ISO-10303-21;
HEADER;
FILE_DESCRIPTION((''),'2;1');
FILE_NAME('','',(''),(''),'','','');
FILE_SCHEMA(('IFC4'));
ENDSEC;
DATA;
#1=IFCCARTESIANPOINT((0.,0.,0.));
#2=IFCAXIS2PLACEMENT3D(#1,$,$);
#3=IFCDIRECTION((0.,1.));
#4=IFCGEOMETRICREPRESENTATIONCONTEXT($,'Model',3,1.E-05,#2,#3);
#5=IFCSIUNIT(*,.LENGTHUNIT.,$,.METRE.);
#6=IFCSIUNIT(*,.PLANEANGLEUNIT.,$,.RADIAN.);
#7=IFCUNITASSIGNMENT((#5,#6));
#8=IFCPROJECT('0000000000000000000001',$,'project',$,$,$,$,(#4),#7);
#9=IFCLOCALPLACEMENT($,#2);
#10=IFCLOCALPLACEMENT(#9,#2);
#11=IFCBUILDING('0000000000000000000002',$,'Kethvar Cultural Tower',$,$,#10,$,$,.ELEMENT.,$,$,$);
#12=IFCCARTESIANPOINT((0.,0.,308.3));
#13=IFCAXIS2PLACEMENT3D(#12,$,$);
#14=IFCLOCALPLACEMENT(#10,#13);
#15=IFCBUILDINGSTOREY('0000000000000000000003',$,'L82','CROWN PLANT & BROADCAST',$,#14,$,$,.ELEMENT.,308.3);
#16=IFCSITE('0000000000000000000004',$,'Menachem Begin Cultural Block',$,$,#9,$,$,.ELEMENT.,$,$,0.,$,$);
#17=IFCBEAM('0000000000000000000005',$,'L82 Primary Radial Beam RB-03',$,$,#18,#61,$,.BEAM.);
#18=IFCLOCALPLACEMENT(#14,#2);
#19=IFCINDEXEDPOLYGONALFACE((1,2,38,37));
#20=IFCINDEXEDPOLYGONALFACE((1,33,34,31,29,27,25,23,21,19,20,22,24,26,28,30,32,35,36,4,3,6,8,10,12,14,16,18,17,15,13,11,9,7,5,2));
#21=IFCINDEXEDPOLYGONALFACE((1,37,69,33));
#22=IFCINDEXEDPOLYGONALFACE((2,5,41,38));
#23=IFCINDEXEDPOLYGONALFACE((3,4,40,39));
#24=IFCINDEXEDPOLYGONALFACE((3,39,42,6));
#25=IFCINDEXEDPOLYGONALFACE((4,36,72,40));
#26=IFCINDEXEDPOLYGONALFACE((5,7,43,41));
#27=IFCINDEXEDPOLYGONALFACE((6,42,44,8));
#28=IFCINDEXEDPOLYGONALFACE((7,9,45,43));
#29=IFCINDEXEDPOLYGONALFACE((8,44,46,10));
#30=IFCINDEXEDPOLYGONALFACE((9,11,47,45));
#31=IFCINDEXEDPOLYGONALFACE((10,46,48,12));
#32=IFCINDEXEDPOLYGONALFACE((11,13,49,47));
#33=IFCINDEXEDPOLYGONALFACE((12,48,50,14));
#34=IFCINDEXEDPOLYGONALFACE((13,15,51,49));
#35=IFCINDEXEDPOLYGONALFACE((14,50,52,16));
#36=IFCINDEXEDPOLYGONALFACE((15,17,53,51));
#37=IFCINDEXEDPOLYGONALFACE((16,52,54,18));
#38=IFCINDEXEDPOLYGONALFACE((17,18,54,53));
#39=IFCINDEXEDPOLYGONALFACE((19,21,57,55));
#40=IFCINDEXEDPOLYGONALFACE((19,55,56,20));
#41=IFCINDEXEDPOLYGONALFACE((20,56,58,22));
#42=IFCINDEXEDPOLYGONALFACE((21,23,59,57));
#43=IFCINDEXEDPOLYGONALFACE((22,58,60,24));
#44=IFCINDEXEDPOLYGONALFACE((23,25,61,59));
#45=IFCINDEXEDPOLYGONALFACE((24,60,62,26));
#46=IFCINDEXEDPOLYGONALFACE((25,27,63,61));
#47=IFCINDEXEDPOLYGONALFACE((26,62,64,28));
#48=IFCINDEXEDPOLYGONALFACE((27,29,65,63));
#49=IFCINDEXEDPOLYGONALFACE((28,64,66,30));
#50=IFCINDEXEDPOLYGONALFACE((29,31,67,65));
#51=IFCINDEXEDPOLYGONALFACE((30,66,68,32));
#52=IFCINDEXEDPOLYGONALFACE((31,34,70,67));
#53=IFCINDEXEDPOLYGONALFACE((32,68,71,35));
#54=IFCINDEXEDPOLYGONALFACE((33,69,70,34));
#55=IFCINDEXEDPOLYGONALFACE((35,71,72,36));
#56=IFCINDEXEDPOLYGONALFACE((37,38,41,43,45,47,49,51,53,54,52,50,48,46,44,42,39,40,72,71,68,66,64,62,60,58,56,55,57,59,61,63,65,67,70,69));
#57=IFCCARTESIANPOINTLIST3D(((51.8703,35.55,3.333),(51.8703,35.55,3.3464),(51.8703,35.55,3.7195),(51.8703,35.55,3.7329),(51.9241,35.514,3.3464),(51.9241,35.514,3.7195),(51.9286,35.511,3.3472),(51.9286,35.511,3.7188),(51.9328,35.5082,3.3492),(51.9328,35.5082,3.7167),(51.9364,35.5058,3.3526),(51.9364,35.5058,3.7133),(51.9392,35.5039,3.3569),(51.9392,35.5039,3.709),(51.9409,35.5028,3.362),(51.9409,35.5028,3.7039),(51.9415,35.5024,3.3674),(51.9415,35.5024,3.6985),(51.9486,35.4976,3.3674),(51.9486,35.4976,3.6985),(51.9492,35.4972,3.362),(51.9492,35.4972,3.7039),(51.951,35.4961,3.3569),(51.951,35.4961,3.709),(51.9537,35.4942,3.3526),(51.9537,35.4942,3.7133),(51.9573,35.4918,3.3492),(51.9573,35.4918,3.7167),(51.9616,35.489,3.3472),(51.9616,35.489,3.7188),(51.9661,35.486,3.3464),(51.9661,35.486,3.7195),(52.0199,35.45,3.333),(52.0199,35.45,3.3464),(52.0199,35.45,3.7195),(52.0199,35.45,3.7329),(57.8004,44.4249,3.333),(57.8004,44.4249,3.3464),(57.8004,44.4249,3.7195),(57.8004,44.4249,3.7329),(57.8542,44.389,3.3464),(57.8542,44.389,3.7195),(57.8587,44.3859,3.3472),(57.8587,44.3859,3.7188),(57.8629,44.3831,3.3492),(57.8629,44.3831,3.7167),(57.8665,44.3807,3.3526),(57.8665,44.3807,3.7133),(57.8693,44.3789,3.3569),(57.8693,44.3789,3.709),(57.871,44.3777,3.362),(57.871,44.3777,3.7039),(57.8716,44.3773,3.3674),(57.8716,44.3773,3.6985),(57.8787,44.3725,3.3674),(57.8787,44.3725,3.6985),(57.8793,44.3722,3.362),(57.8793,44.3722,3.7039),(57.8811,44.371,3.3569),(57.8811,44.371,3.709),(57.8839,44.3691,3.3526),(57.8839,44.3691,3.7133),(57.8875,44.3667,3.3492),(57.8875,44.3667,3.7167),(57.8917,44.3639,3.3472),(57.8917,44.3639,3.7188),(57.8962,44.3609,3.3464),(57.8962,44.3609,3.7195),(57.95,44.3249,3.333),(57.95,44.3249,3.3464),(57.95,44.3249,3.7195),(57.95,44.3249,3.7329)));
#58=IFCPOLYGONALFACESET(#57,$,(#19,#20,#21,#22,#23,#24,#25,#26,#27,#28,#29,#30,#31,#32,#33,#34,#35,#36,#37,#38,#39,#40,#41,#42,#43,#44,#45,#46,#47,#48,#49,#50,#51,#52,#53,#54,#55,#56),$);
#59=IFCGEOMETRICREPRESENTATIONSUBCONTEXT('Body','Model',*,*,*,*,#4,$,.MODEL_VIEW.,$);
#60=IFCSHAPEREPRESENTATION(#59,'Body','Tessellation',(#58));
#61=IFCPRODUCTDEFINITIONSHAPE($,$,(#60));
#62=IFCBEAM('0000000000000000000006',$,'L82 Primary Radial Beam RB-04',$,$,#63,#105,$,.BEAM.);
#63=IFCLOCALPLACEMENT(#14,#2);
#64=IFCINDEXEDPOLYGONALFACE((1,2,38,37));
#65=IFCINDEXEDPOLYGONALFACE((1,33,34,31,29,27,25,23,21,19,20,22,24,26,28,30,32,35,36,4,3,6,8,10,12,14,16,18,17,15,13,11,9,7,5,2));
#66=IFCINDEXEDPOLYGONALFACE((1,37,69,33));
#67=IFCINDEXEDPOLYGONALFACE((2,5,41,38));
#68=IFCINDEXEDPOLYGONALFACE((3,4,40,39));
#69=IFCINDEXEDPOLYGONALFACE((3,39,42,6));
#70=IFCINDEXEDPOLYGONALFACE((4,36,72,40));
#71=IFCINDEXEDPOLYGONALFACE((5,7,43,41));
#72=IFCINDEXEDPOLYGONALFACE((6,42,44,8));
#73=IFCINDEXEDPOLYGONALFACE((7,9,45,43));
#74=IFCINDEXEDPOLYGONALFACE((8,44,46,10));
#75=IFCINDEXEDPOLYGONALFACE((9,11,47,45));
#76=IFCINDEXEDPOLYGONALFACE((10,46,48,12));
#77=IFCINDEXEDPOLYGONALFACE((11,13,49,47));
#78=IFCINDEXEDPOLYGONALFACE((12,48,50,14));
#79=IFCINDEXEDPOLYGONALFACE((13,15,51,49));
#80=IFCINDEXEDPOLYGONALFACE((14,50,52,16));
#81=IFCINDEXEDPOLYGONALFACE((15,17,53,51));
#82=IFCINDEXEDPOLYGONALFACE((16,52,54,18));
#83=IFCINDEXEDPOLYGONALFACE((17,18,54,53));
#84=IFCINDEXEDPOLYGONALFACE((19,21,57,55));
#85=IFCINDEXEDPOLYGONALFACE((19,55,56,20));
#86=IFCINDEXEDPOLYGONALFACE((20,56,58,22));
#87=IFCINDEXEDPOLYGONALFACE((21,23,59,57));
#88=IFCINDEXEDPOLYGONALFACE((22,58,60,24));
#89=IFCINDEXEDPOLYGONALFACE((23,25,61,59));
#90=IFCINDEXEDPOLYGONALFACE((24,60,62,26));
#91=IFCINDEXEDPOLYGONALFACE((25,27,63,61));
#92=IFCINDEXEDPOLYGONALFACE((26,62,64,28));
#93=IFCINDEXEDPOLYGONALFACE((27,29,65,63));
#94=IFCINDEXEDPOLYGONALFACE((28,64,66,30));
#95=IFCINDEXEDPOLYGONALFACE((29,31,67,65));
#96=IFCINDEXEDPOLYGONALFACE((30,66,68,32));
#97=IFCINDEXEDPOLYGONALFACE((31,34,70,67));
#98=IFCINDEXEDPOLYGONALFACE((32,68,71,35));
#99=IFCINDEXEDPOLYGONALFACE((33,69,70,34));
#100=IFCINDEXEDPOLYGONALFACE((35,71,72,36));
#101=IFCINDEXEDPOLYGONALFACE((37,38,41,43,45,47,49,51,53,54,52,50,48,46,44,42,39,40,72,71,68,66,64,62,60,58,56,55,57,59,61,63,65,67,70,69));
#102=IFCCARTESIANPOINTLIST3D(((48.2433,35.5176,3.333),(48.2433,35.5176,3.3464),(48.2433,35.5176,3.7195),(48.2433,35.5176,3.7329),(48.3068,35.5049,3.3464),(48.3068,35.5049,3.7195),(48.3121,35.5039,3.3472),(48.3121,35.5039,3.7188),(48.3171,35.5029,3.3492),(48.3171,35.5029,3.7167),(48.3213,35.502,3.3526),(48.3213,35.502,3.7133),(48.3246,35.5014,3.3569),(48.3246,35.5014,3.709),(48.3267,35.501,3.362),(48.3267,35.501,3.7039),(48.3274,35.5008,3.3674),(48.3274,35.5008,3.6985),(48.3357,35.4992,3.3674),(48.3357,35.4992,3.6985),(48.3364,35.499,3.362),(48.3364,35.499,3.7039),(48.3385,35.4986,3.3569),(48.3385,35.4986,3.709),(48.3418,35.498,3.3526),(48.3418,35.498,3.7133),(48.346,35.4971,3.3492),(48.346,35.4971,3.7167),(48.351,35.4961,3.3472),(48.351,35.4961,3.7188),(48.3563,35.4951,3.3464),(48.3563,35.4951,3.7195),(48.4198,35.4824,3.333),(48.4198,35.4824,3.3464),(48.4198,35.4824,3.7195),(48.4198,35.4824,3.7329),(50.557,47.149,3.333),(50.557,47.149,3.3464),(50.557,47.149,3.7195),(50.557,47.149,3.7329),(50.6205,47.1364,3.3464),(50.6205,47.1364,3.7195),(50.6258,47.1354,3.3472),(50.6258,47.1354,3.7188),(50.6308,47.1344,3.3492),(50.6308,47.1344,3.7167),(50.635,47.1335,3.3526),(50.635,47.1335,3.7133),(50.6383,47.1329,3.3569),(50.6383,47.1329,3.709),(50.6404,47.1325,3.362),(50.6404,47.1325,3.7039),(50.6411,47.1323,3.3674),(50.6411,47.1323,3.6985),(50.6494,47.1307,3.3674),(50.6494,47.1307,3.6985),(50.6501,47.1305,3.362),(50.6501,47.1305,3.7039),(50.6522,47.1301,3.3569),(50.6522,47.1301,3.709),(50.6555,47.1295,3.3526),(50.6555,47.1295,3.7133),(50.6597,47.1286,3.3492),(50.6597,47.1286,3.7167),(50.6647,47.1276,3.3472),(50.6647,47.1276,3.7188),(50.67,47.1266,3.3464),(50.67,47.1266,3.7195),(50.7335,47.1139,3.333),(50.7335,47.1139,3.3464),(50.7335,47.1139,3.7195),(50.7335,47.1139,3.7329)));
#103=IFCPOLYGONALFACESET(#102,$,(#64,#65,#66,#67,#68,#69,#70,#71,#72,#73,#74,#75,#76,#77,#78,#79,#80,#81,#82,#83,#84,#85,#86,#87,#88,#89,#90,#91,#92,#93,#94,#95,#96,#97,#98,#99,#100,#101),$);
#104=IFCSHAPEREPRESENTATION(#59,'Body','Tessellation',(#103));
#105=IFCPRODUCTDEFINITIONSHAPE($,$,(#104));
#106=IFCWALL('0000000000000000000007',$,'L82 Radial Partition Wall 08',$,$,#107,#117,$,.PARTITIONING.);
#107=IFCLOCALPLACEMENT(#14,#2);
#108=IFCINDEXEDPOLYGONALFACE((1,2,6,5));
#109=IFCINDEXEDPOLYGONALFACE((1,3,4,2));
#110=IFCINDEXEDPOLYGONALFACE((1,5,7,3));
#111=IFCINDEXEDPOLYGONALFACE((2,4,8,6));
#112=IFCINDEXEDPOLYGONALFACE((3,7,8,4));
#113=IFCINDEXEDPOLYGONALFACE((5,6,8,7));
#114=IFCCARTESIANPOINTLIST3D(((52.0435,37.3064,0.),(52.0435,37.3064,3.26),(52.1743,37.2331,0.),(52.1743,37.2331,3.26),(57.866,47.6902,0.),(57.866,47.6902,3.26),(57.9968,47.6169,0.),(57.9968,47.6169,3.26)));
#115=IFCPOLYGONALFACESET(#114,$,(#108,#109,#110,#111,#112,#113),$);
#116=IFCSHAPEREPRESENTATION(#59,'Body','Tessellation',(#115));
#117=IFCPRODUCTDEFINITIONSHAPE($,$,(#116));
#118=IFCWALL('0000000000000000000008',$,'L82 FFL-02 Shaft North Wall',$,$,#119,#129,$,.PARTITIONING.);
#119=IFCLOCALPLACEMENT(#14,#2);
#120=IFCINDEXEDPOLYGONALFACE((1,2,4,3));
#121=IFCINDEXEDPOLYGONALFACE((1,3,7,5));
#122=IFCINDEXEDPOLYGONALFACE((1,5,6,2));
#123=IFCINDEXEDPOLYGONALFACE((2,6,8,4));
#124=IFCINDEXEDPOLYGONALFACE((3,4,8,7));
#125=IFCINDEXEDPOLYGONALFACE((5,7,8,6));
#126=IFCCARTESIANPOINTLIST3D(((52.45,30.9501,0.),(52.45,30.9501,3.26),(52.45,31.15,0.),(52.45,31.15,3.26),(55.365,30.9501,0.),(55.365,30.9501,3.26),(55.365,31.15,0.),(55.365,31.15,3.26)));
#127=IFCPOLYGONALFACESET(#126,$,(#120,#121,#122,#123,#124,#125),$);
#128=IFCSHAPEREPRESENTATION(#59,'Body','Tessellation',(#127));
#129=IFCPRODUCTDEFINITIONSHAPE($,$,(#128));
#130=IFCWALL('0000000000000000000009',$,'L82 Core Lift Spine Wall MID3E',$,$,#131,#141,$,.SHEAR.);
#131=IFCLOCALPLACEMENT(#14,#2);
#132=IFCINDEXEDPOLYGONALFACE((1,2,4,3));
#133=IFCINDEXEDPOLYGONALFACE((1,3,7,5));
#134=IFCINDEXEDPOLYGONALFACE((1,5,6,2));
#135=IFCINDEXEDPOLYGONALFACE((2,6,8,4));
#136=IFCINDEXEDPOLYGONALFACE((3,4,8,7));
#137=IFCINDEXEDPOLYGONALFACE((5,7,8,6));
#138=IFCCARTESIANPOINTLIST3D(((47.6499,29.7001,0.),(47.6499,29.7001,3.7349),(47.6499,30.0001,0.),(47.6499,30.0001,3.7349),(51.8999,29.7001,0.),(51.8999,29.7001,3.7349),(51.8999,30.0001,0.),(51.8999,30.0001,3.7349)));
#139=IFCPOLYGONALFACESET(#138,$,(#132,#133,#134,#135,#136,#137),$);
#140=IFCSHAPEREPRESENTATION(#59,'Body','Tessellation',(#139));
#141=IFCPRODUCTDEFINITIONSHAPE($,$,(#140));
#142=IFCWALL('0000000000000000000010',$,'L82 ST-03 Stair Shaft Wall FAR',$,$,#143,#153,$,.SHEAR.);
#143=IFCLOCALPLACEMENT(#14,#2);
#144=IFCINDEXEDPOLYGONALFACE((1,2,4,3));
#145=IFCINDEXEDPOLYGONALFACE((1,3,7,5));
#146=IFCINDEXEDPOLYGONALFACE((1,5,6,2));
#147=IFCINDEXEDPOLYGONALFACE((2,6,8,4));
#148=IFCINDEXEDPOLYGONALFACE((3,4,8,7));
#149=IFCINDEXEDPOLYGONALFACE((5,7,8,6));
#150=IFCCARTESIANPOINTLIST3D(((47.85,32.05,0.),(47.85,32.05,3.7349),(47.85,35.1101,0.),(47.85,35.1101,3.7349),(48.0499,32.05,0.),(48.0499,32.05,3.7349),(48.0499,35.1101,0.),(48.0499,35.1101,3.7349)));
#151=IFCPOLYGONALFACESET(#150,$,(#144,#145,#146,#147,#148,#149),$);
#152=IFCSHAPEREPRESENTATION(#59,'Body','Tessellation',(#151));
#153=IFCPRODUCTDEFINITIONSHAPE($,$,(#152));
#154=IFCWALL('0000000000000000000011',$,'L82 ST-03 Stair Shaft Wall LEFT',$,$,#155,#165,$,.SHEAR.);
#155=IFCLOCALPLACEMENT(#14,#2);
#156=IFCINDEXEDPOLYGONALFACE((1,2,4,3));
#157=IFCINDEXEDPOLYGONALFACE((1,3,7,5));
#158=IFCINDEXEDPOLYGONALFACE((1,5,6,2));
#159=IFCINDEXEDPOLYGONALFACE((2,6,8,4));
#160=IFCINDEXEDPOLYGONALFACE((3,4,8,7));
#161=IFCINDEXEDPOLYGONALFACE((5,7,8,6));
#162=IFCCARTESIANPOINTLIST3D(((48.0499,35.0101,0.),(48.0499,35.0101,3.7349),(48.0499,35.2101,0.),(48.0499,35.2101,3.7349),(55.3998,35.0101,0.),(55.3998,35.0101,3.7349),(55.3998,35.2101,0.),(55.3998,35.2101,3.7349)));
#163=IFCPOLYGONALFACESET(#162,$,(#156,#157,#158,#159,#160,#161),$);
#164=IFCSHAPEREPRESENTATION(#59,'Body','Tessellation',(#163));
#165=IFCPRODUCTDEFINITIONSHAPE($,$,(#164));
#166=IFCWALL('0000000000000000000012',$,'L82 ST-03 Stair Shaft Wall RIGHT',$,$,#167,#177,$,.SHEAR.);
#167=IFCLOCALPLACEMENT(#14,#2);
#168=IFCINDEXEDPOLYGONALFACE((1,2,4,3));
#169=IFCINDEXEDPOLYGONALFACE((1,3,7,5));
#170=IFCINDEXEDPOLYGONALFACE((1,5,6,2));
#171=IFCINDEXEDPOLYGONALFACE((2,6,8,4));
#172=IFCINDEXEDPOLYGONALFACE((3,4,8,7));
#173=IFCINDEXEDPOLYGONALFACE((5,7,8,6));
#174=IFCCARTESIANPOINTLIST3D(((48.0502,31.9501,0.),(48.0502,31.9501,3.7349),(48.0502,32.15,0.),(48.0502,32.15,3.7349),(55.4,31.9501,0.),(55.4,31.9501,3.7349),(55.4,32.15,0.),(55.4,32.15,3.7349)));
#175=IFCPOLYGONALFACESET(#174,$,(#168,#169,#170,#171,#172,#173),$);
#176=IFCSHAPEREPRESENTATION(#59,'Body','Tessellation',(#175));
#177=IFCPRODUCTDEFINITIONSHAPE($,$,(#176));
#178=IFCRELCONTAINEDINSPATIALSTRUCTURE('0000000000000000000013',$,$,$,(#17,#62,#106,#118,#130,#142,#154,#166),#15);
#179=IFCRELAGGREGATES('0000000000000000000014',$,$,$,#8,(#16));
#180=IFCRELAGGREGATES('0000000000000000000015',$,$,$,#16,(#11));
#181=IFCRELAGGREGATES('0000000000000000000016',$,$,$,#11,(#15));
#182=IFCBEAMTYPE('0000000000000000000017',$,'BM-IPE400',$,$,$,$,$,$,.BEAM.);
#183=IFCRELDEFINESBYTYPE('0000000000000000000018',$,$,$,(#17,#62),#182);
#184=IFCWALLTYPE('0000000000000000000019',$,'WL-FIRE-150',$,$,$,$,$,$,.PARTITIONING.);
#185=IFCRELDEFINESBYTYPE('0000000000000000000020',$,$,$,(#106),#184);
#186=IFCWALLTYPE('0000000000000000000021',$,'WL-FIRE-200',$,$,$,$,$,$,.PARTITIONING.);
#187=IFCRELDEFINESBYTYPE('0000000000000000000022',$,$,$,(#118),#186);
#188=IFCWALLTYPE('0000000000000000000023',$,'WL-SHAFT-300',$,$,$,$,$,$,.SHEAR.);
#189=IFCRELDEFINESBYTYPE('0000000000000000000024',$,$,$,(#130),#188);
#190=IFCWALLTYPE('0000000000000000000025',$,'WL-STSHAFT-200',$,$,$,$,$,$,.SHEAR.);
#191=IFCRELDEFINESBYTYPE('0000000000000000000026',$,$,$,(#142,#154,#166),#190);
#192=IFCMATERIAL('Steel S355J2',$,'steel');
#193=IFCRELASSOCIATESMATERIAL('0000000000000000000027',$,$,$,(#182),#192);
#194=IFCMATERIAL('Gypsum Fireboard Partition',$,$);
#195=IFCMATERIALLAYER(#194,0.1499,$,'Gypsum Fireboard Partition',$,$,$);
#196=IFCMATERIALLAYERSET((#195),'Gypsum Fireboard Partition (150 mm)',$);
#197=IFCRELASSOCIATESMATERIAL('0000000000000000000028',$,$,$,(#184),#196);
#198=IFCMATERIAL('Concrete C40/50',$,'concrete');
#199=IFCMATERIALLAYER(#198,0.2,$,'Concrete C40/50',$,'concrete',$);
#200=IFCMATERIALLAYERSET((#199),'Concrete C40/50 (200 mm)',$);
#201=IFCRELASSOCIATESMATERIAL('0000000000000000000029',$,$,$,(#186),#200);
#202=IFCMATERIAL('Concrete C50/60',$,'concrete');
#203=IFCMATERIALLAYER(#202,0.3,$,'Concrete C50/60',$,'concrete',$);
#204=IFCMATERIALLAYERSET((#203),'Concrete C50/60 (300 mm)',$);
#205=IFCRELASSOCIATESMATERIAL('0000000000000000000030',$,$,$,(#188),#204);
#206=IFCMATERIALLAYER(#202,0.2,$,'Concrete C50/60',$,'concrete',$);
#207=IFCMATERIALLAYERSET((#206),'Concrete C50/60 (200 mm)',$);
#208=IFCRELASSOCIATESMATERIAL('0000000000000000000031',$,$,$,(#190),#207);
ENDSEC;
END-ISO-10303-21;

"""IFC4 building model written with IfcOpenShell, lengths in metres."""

from ifc_helpers import new_model, si_unit, direction, frame, frame_2d, origin, origin_2d, place, context, subcontext, project, spatial, rectangle, i_section, extrude, source, transform, mapped, material, layer, layer_set, material_profile, profile_set, type_object, element, save


model = new_model("IFC4")

# Units and contexts
model_context = context("Model", 3, precision=1e-05, world=origin(), true_north=direction((0.0, 1.0)))
body_context = subcontext(model_context, "Body", "Model", "MODEL_VIEW")
ifc_project = project(units=[si_unit("LENGTHUNIT", "METRE"), si_unit("PLANEANGLEUNIT", "RADIAN")], contexts=[model_context])

# Site, building, storey
site_placement = place(None, origin())
site = spatial("IfcSite", under=ifc_project, at=site_placement, Name="Menachem Begin Cultural Block", CompositionType="ELEMENT", RefElevation=0.0)
building_placement = place(site_placement, origin())
building = spatial("IfcBuilding", under=site, at=building_placement, Name="Kethvar Cultural Tower", CompositionType="ELEMENT")
storey_placement = place(building_placement, frame((0.0, 0.0, 308.3)))
storey = spatial("IfcBuildingStorey", under=building, at=storey_placement, Name="L82", Description="CROWN PLANT & BROADCAST", CompositionType="ELEMENT", Elevation=308.3)

# Beams
ifc_material_1 = material(Name="Steel S355J2", Category="steel")
ifc_material_profile_1 = material_profile(ifc_material_1, i_section(OverallWidth=0.1799, OverallDepth=0.3999, WebThickness=0.0085, FlangeThickness=0.0134, FilletRadius=0.021, at=origin_2d()), Name="Steel S355J2 — IPE400")
ifc_profile_set_1 = profile_set([ifc_material_profile_1], Name="Steel S355J2 — IPE400")
beam_type_1 = type_object("IfcBeamType", Name="BM-IPE400", PredefinedType="BEAM", material=ifc_profile_set_1)
shared_shape_1 = source(origin(), body_context, "Body", "SweptSolid", [
    extrude(i_section(OverallWidth=0.1799, OverallDepth=0.3999, WebThickness=0.0085, FlangeThickness=0.0134, FilletRadius=0.021, at=origin_2d()), origin(), (0.0, 0.0, 1.0), 10.6738),
])
beam_1_placement = place(storey_placement, frame((51.9451, 35.5, 3.533), z_axis=(0.555576, 0.831466, 0.0), x_axis=(-0.831466, 0.555576, 0.0)))
element("IfcBeam", 1, at=beam_1_placement, inside=storey, type_object=beam_type_1, Name="L82 Primary Radial Beam RB-03", PredefinedType="BEAM", context=body_context, shape_type="MappedRepresentation", body=[
    mapped(shared_shape_1, transform((0.0, 0.0, 0.0), scale=1.0)),
])
shared_shape_2 = source(origin(), body_context, "Body", "SweptSolid", [
    extrude(i_section(OverallWidth=0.1799, OverallDepth=0.3999, WebThickness=0.0085, FlangeThickness=0.0134, FilletRadius=0.021, at=origin_2d()), origin(), (0.0, 0.0, 1.0), 11.8594),
])
beam_2_placement = place(storey_placement, frame((48.3315, 35.5, 3.533), z_axis=(0.195095, 0.980784, 0.0), x_axis=(-0.980784, 0.195095, 0.0)))
element("IfcBeam", 2, at=beam_2_placement, inside=storey, type_object=beam_type_1, Name="L82 Primary Radial Beam RB-04", PredefinedType="BEAM", context=body_context, shape_type="MappedRepresentation", body=[
    mapped(shared_shape_2, transform((0.0, 0.0, 0.0), scale=1.0)),
])

# Walls
ifc_material_2 = material(Name="Gypsum Fireboard Partition")
ifc_layer_1 = layer(ifc_material_2, 0.1499, Name="Gypsum Fireboard Partition")
ifc_layer_set_1 = layer_set([ifc_layer_1], Name="Gypsum Fireboard Partition (150 mm)")
wall_type_1 = type_object("IfcWallType", Name="WL-FIRE-150", PredefinedType="PARTITIONING", material=ifc_layer_set_1)
wall_1_placement = place(storey_placement, frame((52.1089, 37.2698, 0.0), z_axis=(0.0, 0.0, 1.0), x_axis=(0.489089, 0.872234, 0.0)))
element("IfcWall", 3, at=wall_1_placement, inside=storey, type_object=wall_type_1, Name="L82 Radial Partition Wall 08", PredefinedType="PARTITIONING", context=body_context, shape_type="SweptSolid", body=[
    extrude(rectangle(XDim=11.9048, YDim=0.1499, at=frame_2d((5.9524, 0.0))), origin(), (0.0, 0.0, 1.0), 3.26),
])
ifc_material_3 = material(Name="Concrete C40/50", Category="concrete")
ifc_layer_2 = layer(ifc_material_3, 0.2, Name="Concrete C40/50", Category="concrete")
ifc_layer_set_2 = layer_set([ifc_layer_2], Name="Concrete C40/50 (200 mm)")
wall_type_2 = type_object("IfcWallType", Name="WL-FIRE-200", PredefinedType="PARTITIONING", material=ifc_layer_set_2)
wall_2_placement = place(storey_placement, frame((52.45, 31.05, 0.0), z_axis=(0.0, 0.0, 1.0), x_axis=(1.0, 0.0, 0.0)))
element("IfcWall", 4, at=wall_2_placement, inside=storey, type_object=wall_type_2, Name="L82 FFL-02 Shaft North Wall", PredefinedType="PARTITIONING", context=body_context, shape_type="SweptSolid", body=[
    extrude(rectangle(XDim=2.915, YDim=0.2, at=frame_2d((1.4575, 0.0))), origin(), (0.0, 0.0, 1.0), 3.26),
])
ifc_material_4 = material(Name="Concrete C50/60", Category="concrete")
ifc_layer_3 = layer(ifc_material_4, 0.3, Name="Concrete C50/60", Category="concrete")
ifc_layer_set_3 = layer_set([ifc_layer_3], Name="Concrete C50/60 (300 mm)")
wall_type_3 = type_object("IfcWallType", Name="WL-SHAFT-300", PredefinedType="SHEAR", material=ifc_layer_set_3)
wall_3_placement = place(storey_placement, frame((47.6499, 29.8501, 0.0), z_axis=(0.0, 0.0, 1.0), x_axis=(1.0, 0.0, 0.0)))
element("IfcWall", 5, at=wall_3_placement, inside=storey, type_object=wall_type_3, Name="L82 Core Lift Spine Wall MID3E", PredefinedType="SHEAR", context=body_context, shape_type="SweptSolid", body=[
    extrude(rectangle(XDim=4.25, YDim=0.3, at=frame_2d((2.125, 0.0))), origin(), (0.0, 0.0, 1.0), 3.7349),
])
ifc_layer_4 = layer(ifc_material_4, 0.2, Name="Concrete C50/60", Category="concrete")
ifc_layer_set_4 = layer_set([ifc_layer_4], Name="Concrete C50/60 (200 mm)")
wall_type_4 = type_object("IfcWallType", Name="WL-STSHAFT-200", PredefinedType="SHEAR", material=ifc_layer_set_4)
wall_4_placement = place(storey_placement, frame((47.95, 32.05, 0.0), z_axis=(0.0, 0.0, 1.0), x_axis=(0.0, 1.0, 0.0)))
element("IfcWall", 6, at=wall_4_placement, inside=storey, type_object=wall_type_4, Name="L82 ST-03 Stair Shaft Wall FAR", PredefinedType="SHEAR", context=body_context, shape_type="SweptSolid", body=[
    extrude(rectangle(XDim=3.0601, YDim=0.2, at=frame_2d((1.53, 0.0))), origin(), (0.0, 0.0, 1.0), 3.7349),
])
for number, where, z_axis, x_axis, name in (
    (7, (48.05, 35.1101, 0.0), (0.0, 0.0, 1.0), (1.0, 0.0, 0.0), "L82 ST-03 Stair Shaft Wall LEFT"),
    (8, (55.3999, 32.05, 0.0), (0.0, 0.0, 1.0), (-1.0, 0.0, 0.0), "L82 ST-03 Stair Shaft Wall RIGHT"),
):
    element("IfcWall", number, at=place(storey_placement, frame(where, z_axis=z_axis, x_axis=x_axis)), inside=storey, type_object=wall_type_4, Name=name, PredefinedType="SHEAR", context=body_context, shape_type="SweptSolid", body=[
        extrude(rectangle(XDim=7.3499, YDim=0.2, at=frame_2d((3.6748, 0.0))), origin(), (0.0, 0.0, 1.0), 3.7349),
    ])

save(model, "model.ifc")
